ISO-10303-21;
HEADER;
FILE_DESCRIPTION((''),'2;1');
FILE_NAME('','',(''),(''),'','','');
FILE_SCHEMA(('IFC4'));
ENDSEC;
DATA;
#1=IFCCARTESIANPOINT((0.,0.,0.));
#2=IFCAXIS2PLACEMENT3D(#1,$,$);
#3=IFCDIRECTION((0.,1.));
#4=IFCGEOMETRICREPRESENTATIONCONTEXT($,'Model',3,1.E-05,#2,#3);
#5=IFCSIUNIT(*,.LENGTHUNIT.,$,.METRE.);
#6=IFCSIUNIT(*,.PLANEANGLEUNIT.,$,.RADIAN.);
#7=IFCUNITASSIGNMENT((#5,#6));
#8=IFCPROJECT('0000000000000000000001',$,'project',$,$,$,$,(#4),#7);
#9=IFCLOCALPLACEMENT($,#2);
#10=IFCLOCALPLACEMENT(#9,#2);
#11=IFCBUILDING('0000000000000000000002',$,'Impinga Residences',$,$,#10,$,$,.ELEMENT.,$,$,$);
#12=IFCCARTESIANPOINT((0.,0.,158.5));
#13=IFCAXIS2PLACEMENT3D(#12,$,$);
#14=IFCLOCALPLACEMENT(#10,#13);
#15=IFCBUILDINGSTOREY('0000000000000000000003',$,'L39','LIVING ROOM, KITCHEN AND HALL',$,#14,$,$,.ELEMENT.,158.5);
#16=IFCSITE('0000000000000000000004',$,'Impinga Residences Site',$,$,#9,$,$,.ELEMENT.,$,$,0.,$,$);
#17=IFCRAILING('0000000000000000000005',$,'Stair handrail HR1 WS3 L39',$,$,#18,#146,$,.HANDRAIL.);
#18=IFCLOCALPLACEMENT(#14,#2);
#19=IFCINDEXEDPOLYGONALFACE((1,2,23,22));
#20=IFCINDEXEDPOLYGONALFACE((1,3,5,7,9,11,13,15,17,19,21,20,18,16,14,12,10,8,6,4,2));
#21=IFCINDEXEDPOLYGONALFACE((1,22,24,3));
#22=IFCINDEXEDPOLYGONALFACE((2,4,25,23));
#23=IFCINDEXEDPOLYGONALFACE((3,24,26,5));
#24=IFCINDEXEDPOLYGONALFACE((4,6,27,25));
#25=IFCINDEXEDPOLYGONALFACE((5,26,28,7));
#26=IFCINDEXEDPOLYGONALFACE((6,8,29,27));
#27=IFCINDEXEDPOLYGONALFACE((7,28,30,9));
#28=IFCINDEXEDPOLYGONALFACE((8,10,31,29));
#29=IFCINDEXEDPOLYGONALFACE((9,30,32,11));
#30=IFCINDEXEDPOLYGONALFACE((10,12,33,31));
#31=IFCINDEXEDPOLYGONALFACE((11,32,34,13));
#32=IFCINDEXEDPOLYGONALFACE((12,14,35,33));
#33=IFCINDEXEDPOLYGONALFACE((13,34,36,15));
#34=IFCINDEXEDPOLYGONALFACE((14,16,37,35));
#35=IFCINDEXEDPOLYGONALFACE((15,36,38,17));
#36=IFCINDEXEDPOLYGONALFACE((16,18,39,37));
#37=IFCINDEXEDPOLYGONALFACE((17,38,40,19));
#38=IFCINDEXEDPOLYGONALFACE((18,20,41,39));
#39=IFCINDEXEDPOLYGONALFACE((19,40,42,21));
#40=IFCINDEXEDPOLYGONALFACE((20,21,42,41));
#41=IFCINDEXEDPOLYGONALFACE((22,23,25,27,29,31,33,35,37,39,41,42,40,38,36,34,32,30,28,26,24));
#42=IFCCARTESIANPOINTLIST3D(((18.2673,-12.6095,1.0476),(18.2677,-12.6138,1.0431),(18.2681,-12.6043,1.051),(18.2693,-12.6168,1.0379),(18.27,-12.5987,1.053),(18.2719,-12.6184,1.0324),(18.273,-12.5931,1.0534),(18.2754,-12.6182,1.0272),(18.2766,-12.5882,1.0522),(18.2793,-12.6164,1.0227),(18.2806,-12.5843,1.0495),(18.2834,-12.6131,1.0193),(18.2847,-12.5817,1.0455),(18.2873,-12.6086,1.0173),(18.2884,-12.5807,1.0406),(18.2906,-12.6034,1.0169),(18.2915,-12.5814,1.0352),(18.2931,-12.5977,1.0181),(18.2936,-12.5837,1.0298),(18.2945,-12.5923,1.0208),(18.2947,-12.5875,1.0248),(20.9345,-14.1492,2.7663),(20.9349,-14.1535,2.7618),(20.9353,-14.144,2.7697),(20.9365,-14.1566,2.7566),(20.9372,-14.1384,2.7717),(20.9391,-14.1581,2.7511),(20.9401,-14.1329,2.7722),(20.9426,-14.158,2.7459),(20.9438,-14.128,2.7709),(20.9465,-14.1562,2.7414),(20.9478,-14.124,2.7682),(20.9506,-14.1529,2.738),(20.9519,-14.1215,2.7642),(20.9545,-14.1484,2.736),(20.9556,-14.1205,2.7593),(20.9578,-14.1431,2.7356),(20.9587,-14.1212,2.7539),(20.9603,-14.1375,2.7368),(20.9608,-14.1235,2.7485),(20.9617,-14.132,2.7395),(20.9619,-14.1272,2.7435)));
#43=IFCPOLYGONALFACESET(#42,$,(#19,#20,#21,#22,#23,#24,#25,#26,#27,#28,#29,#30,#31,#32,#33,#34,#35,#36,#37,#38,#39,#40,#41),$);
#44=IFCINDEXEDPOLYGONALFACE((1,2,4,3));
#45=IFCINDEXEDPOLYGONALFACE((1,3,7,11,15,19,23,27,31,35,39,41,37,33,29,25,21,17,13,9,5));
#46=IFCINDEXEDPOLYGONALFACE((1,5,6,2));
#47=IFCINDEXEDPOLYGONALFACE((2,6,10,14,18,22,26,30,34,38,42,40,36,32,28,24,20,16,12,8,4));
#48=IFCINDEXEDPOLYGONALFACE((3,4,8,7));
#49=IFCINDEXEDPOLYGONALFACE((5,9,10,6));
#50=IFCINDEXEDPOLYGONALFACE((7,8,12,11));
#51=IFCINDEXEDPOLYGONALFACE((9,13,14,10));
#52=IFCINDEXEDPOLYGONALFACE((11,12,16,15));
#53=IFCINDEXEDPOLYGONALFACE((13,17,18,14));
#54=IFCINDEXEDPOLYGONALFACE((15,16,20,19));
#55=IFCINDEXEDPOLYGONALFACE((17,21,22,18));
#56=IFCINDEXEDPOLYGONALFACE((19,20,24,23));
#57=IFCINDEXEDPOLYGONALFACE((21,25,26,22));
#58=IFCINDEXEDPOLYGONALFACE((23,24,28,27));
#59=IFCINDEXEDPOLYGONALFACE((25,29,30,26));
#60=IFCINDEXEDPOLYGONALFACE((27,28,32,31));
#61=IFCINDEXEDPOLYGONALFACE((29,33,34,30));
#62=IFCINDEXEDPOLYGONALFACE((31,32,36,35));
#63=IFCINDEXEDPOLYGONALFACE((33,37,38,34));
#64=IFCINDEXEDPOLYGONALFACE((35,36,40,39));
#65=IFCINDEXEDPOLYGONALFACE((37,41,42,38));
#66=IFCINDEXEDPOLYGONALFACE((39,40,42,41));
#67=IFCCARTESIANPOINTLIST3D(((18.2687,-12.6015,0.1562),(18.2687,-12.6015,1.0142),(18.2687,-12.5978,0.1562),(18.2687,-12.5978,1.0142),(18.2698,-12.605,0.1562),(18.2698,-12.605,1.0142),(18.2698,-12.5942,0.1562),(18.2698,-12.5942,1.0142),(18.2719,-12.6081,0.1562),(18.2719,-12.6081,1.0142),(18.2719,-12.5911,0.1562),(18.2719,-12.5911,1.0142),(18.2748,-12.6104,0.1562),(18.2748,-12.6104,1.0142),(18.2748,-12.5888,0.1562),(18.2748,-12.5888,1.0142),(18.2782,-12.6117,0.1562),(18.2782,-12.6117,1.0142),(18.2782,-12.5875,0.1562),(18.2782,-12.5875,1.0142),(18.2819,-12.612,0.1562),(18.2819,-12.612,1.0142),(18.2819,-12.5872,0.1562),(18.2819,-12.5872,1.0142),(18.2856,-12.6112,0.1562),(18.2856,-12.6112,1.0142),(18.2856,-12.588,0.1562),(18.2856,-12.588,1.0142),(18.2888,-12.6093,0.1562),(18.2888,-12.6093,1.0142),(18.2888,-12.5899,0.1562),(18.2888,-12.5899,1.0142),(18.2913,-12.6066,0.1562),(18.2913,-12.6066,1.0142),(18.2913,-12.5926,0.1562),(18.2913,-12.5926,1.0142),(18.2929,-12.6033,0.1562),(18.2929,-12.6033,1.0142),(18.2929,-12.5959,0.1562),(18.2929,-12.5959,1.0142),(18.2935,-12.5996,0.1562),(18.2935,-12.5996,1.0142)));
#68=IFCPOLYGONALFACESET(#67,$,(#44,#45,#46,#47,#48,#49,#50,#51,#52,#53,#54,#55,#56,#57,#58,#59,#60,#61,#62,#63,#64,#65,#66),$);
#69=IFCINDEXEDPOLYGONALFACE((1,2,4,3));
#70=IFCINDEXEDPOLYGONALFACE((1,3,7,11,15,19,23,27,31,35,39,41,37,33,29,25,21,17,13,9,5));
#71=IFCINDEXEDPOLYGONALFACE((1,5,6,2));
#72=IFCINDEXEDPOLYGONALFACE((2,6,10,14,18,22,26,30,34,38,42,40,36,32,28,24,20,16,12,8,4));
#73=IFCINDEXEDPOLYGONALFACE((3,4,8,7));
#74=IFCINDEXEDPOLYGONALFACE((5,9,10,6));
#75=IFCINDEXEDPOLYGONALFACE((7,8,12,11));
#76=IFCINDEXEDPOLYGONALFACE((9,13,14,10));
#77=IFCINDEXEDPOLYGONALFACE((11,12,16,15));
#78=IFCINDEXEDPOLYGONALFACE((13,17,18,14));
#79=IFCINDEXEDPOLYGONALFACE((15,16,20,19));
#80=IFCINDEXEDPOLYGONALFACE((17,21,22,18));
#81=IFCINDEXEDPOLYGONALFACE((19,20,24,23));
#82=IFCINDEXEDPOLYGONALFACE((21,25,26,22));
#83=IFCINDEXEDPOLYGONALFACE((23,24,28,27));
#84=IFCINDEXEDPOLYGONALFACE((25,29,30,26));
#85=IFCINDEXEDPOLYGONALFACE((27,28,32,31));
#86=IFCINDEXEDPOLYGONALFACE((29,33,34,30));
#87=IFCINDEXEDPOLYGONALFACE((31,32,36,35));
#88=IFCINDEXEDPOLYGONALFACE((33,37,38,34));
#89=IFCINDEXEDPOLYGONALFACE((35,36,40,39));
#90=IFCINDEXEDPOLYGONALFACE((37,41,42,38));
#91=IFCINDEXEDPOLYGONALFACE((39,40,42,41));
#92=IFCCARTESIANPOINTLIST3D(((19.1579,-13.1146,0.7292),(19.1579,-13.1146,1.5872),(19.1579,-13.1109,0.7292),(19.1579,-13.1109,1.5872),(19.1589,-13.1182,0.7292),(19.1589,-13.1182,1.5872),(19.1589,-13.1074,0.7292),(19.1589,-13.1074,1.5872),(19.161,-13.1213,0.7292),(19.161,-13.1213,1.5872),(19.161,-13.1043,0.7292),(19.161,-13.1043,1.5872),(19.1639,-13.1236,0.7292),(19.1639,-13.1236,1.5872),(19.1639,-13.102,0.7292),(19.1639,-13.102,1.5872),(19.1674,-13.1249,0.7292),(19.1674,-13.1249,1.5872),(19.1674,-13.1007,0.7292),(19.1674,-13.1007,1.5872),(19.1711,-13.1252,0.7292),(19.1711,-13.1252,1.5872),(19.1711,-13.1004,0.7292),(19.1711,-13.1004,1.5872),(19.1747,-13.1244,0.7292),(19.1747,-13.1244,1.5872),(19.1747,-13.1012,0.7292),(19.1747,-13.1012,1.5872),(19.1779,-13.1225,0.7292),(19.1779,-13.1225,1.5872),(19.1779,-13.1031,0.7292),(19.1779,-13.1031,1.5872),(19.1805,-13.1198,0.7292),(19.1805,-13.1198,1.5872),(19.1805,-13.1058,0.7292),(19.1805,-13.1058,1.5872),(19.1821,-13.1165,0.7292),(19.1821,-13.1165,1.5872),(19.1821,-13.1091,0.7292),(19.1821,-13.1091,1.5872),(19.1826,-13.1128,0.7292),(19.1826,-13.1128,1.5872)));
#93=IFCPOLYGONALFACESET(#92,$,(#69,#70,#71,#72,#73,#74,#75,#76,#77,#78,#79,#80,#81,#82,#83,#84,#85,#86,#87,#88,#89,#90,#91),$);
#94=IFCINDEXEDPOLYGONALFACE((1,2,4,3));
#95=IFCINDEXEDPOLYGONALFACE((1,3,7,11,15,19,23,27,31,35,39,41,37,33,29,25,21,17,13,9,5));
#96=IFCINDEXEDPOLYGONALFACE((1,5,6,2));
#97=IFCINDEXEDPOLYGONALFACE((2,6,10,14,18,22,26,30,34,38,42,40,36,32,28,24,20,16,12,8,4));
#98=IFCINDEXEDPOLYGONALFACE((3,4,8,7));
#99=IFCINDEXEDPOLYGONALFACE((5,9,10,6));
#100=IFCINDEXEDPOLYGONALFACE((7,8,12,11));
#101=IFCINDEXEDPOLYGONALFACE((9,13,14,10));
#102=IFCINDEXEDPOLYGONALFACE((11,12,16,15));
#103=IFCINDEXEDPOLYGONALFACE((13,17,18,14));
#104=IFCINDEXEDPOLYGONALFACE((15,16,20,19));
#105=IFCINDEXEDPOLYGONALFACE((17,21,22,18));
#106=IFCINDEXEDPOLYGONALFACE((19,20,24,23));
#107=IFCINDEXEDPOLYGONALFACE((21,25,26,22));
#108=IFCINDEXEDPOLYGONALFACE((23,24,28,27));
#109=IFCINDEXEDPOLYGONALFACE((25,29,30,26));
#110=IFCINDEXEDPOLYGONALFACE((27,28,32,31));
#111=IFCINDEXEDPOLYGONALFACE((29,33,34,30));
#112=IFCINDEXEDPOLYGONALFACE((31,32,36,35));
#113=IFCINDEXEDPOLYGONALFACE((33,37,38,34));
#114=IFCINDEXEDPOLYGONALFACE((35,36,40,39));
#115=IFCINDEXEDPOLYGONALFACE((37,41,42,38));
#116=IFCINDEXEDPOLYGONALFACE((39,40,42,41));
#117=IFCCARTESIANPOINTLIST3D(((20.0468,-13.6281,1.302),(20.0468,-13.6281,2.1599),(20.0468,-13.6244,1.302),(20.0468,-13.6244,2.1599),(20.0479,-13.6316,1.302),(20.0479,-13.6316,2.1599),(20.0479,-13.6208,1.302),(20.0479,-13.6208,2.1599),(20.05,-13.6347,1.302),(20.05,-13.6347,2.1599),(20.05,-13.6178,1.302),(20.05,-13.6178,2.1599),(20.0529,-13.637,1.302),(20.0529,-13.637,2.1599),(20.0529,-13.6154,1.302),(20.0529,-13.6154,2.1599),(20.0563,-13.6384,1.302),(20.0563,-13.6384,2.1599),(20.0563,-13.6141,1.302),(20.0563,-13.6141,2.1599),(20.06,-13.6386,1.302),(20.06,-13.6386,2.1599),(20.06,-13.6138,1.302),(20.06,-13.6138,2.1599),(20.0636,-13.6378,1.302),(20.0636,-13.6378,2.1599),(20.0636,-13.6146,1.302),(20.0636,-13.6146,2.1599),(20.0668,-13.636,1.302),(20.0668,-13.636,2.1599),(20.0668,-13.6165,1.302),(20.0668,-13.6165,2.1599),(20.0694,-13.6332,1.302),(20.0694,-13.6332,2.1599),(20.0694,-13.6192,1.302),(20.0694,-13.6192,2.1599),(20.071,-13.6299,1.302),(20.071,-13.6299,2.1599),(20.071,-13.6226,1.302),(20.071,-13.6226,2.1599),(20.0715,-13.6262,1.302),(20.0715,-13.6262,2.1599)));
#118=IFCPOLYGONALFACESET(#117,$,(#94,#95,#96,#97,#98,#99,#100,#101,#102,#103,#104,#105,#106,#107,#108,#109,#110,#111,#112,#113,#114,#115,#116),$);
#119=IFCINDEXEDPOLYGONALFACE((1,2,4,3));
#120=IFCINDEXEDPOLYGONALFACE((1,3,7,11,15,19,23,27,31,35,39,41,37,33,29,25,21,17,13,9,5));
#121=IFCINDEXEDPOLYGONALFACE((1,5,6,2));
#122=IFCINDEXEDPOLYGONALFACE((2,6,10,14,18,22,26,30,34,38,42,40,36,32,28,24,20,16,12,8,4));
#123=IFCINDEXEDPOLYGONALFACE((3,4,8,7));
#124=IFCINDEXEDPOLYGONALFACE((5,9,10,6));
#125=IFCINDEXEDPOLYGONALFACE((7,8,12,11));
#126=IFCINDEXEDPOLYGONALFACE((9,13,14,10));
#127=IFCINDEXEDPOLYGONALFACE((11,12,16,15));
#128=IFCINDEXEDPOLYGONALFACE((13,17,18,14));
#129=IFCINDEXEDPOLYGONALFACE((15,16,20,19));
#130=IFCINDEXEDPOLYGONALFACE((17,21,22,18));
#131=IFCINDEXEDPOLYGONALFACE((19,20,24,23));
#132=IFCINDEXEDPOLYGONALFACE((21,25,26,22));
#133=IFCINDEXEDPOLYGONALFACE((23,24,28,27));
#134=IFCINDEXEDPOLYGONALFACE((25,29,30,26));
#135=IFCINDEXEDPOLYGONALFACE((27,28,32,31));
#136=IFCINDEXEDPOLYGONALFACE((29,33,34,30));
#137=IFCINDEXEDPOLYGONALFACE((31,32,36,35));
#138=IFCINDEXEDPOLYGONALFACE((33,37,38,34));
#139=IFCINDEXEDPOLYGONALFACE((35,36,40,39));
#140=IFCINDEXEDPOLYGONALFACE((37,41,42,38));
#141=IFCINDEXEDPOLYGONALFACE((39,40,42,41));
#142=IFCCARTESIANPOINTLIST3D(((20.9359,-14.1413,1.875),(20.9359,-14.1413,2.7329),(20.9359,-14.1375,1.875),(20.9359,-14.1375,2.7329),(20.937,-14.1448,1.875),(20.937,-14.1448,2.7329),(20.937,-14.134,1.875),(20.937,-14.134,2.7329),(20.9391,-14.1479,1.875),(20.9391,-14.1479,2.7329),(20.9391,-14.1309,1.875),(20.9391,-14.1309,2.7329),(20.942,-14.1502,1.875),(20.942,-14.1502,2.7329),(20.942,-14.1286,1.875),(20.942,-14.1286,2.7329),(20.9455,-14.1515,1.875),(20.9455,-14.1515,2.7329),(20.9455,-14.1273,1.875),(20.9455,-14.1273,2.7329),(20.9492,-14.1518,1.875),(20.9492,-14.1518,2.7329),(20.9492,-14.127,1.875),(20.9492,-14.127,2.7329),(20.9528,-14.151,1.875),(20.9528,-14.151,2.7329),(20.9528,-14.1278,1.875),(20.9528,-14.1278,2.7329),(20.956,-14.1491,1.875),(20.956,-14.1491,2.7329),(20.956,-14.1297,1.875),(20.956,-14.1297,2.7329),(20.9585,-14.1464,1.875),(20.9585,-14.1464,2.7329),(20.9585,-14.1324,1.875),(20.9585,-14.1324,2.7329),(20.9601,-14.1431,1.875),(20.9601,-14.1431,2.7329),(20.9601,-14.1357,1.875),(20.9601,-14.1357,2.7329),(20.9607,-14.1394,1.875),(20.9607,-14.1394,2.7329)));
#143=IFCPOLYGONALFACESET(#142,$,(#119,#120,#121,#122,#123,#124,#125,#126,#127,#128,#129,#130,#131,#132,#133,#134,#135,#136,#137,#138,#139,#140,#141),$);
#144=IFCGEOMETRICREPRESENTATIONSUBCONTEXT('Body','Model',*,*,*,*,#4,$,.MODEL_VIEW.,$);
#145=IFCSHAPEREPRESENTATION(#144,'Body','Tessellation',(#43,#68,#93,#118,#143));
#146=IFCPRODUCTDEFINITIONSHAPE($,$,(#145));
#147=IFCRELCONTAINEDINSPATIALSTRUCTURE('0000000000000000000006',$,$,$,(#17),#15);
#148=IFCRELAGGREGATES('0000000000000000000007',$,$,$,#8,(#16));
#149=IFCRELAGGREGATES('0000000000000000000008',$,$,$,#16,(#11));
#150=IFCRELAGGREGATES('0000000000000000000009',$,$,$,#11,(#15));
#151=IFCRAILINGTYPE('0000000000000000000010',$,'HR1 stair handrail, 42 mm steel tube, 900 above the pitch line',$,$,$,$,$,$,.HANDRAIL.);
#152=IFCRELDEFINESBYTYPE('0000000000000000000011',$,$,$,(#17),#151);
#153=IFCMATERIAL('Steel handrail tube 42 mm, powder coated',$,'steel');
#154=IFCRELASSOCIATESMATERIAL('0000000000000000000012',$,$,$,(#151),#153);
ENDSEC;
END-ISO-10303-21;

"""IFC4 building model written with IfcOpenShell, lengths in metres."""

from ifc_helpers import new_model, si_unit, direction, frame, origin, origin_2d, place, context, subcontext, project, spatial, circle, extrude, material, type_object, element, save


model = new_model("IFC4")

# Units and contexts
model_context = context("Model", 3, precision=1e-05, world=origin(), true_north=direction((0.0, 1.0)))
body_context = subcontext(model_context, "Body", "Model", "MODEL_VIEW")
ifc_project = project(units=[si_unit("LENGTHUNIT", "METRE"), si_unit("PLANEANGLEUNIT", "RADIAN")], contexts=[model_context])

# Site, building, storey
site_placement = place(None, origin())
site = spatial("IfcSite", under=ifc_project, at=site_placement, Name="Impinga Residences Site", CompositionType="ELEMENT", RefElevation=0.0)
building_placement = place(site_placement, origin())
building = spatial("IfcBuilding", under=site, at=building_placement, Name="Impinga Residences", CompositionType="ELEMENT")
storey_placement = place(building_placement, frame((0.0, 0.0, 158.5)))
storey = spatial("IfcBuildingStorey", under=building, at=storey_placement, Name="L39", Description="LIVING ROOM, KITCHEN AND HALL", CompositionType="ELEMENT", Elevation=158.5)

# Railing
ifc_material_1 = material(Name="Steel handrail tube 42 mm, powder coated", Category="steel")
railing_type_1 = type_object("IfcRailingType", Name="HR1 stair handrail, 42 mm steel tube, 900 above the pitch line", PredefinedType="HANDRAIL", material=ifc_material_1)
railing_1_placement = place(storey_placement, frame((18.281, -12.5996, 0.1562)))
element("IfcRailing", 1, at=railing_1_placement, inside=storey, type_object=railing_type_1, Name="Stair handrail HR1 WS3 L39", PredefinedType="HANDRAIL", context=body_context, shape_type="SweptSolid", body=[
    extrude(circle(Radius=0.021, at=origin_2d()), frame((0.0, 0.0, 0.8789), z_axis=(0.756249, -0.436582, 0.487322), x_axis=(0.499967, 0.866044, 0.0)), (0.0, 0.0, 1.0), 3.5269),
    extrude(circle(Radius=0.0125, at=origin_2d()), origin(), (0.0, 0.0, 1.0), 0.8579),
    extrude(circle(Radius=0.0125, at=origin_2d()), frame((0.8892, -0.5132, 0.573)), (0.0, 0.0, 1.0), 0.8579),
    extrude(circle(Radius=0.0125, at=origin_2d()), frame((1.7781, -1.0266, 1.1458)), (0.0, 0.0, 1.0), 0.8579),
    extrude(circle(Radius=0.0125, at=origin_2d()), frame((2.6672, -1.5398, 1.7188)), (0.0, 0.0, 1.0), 0.8579),
])

save(model, "model.ifc")
